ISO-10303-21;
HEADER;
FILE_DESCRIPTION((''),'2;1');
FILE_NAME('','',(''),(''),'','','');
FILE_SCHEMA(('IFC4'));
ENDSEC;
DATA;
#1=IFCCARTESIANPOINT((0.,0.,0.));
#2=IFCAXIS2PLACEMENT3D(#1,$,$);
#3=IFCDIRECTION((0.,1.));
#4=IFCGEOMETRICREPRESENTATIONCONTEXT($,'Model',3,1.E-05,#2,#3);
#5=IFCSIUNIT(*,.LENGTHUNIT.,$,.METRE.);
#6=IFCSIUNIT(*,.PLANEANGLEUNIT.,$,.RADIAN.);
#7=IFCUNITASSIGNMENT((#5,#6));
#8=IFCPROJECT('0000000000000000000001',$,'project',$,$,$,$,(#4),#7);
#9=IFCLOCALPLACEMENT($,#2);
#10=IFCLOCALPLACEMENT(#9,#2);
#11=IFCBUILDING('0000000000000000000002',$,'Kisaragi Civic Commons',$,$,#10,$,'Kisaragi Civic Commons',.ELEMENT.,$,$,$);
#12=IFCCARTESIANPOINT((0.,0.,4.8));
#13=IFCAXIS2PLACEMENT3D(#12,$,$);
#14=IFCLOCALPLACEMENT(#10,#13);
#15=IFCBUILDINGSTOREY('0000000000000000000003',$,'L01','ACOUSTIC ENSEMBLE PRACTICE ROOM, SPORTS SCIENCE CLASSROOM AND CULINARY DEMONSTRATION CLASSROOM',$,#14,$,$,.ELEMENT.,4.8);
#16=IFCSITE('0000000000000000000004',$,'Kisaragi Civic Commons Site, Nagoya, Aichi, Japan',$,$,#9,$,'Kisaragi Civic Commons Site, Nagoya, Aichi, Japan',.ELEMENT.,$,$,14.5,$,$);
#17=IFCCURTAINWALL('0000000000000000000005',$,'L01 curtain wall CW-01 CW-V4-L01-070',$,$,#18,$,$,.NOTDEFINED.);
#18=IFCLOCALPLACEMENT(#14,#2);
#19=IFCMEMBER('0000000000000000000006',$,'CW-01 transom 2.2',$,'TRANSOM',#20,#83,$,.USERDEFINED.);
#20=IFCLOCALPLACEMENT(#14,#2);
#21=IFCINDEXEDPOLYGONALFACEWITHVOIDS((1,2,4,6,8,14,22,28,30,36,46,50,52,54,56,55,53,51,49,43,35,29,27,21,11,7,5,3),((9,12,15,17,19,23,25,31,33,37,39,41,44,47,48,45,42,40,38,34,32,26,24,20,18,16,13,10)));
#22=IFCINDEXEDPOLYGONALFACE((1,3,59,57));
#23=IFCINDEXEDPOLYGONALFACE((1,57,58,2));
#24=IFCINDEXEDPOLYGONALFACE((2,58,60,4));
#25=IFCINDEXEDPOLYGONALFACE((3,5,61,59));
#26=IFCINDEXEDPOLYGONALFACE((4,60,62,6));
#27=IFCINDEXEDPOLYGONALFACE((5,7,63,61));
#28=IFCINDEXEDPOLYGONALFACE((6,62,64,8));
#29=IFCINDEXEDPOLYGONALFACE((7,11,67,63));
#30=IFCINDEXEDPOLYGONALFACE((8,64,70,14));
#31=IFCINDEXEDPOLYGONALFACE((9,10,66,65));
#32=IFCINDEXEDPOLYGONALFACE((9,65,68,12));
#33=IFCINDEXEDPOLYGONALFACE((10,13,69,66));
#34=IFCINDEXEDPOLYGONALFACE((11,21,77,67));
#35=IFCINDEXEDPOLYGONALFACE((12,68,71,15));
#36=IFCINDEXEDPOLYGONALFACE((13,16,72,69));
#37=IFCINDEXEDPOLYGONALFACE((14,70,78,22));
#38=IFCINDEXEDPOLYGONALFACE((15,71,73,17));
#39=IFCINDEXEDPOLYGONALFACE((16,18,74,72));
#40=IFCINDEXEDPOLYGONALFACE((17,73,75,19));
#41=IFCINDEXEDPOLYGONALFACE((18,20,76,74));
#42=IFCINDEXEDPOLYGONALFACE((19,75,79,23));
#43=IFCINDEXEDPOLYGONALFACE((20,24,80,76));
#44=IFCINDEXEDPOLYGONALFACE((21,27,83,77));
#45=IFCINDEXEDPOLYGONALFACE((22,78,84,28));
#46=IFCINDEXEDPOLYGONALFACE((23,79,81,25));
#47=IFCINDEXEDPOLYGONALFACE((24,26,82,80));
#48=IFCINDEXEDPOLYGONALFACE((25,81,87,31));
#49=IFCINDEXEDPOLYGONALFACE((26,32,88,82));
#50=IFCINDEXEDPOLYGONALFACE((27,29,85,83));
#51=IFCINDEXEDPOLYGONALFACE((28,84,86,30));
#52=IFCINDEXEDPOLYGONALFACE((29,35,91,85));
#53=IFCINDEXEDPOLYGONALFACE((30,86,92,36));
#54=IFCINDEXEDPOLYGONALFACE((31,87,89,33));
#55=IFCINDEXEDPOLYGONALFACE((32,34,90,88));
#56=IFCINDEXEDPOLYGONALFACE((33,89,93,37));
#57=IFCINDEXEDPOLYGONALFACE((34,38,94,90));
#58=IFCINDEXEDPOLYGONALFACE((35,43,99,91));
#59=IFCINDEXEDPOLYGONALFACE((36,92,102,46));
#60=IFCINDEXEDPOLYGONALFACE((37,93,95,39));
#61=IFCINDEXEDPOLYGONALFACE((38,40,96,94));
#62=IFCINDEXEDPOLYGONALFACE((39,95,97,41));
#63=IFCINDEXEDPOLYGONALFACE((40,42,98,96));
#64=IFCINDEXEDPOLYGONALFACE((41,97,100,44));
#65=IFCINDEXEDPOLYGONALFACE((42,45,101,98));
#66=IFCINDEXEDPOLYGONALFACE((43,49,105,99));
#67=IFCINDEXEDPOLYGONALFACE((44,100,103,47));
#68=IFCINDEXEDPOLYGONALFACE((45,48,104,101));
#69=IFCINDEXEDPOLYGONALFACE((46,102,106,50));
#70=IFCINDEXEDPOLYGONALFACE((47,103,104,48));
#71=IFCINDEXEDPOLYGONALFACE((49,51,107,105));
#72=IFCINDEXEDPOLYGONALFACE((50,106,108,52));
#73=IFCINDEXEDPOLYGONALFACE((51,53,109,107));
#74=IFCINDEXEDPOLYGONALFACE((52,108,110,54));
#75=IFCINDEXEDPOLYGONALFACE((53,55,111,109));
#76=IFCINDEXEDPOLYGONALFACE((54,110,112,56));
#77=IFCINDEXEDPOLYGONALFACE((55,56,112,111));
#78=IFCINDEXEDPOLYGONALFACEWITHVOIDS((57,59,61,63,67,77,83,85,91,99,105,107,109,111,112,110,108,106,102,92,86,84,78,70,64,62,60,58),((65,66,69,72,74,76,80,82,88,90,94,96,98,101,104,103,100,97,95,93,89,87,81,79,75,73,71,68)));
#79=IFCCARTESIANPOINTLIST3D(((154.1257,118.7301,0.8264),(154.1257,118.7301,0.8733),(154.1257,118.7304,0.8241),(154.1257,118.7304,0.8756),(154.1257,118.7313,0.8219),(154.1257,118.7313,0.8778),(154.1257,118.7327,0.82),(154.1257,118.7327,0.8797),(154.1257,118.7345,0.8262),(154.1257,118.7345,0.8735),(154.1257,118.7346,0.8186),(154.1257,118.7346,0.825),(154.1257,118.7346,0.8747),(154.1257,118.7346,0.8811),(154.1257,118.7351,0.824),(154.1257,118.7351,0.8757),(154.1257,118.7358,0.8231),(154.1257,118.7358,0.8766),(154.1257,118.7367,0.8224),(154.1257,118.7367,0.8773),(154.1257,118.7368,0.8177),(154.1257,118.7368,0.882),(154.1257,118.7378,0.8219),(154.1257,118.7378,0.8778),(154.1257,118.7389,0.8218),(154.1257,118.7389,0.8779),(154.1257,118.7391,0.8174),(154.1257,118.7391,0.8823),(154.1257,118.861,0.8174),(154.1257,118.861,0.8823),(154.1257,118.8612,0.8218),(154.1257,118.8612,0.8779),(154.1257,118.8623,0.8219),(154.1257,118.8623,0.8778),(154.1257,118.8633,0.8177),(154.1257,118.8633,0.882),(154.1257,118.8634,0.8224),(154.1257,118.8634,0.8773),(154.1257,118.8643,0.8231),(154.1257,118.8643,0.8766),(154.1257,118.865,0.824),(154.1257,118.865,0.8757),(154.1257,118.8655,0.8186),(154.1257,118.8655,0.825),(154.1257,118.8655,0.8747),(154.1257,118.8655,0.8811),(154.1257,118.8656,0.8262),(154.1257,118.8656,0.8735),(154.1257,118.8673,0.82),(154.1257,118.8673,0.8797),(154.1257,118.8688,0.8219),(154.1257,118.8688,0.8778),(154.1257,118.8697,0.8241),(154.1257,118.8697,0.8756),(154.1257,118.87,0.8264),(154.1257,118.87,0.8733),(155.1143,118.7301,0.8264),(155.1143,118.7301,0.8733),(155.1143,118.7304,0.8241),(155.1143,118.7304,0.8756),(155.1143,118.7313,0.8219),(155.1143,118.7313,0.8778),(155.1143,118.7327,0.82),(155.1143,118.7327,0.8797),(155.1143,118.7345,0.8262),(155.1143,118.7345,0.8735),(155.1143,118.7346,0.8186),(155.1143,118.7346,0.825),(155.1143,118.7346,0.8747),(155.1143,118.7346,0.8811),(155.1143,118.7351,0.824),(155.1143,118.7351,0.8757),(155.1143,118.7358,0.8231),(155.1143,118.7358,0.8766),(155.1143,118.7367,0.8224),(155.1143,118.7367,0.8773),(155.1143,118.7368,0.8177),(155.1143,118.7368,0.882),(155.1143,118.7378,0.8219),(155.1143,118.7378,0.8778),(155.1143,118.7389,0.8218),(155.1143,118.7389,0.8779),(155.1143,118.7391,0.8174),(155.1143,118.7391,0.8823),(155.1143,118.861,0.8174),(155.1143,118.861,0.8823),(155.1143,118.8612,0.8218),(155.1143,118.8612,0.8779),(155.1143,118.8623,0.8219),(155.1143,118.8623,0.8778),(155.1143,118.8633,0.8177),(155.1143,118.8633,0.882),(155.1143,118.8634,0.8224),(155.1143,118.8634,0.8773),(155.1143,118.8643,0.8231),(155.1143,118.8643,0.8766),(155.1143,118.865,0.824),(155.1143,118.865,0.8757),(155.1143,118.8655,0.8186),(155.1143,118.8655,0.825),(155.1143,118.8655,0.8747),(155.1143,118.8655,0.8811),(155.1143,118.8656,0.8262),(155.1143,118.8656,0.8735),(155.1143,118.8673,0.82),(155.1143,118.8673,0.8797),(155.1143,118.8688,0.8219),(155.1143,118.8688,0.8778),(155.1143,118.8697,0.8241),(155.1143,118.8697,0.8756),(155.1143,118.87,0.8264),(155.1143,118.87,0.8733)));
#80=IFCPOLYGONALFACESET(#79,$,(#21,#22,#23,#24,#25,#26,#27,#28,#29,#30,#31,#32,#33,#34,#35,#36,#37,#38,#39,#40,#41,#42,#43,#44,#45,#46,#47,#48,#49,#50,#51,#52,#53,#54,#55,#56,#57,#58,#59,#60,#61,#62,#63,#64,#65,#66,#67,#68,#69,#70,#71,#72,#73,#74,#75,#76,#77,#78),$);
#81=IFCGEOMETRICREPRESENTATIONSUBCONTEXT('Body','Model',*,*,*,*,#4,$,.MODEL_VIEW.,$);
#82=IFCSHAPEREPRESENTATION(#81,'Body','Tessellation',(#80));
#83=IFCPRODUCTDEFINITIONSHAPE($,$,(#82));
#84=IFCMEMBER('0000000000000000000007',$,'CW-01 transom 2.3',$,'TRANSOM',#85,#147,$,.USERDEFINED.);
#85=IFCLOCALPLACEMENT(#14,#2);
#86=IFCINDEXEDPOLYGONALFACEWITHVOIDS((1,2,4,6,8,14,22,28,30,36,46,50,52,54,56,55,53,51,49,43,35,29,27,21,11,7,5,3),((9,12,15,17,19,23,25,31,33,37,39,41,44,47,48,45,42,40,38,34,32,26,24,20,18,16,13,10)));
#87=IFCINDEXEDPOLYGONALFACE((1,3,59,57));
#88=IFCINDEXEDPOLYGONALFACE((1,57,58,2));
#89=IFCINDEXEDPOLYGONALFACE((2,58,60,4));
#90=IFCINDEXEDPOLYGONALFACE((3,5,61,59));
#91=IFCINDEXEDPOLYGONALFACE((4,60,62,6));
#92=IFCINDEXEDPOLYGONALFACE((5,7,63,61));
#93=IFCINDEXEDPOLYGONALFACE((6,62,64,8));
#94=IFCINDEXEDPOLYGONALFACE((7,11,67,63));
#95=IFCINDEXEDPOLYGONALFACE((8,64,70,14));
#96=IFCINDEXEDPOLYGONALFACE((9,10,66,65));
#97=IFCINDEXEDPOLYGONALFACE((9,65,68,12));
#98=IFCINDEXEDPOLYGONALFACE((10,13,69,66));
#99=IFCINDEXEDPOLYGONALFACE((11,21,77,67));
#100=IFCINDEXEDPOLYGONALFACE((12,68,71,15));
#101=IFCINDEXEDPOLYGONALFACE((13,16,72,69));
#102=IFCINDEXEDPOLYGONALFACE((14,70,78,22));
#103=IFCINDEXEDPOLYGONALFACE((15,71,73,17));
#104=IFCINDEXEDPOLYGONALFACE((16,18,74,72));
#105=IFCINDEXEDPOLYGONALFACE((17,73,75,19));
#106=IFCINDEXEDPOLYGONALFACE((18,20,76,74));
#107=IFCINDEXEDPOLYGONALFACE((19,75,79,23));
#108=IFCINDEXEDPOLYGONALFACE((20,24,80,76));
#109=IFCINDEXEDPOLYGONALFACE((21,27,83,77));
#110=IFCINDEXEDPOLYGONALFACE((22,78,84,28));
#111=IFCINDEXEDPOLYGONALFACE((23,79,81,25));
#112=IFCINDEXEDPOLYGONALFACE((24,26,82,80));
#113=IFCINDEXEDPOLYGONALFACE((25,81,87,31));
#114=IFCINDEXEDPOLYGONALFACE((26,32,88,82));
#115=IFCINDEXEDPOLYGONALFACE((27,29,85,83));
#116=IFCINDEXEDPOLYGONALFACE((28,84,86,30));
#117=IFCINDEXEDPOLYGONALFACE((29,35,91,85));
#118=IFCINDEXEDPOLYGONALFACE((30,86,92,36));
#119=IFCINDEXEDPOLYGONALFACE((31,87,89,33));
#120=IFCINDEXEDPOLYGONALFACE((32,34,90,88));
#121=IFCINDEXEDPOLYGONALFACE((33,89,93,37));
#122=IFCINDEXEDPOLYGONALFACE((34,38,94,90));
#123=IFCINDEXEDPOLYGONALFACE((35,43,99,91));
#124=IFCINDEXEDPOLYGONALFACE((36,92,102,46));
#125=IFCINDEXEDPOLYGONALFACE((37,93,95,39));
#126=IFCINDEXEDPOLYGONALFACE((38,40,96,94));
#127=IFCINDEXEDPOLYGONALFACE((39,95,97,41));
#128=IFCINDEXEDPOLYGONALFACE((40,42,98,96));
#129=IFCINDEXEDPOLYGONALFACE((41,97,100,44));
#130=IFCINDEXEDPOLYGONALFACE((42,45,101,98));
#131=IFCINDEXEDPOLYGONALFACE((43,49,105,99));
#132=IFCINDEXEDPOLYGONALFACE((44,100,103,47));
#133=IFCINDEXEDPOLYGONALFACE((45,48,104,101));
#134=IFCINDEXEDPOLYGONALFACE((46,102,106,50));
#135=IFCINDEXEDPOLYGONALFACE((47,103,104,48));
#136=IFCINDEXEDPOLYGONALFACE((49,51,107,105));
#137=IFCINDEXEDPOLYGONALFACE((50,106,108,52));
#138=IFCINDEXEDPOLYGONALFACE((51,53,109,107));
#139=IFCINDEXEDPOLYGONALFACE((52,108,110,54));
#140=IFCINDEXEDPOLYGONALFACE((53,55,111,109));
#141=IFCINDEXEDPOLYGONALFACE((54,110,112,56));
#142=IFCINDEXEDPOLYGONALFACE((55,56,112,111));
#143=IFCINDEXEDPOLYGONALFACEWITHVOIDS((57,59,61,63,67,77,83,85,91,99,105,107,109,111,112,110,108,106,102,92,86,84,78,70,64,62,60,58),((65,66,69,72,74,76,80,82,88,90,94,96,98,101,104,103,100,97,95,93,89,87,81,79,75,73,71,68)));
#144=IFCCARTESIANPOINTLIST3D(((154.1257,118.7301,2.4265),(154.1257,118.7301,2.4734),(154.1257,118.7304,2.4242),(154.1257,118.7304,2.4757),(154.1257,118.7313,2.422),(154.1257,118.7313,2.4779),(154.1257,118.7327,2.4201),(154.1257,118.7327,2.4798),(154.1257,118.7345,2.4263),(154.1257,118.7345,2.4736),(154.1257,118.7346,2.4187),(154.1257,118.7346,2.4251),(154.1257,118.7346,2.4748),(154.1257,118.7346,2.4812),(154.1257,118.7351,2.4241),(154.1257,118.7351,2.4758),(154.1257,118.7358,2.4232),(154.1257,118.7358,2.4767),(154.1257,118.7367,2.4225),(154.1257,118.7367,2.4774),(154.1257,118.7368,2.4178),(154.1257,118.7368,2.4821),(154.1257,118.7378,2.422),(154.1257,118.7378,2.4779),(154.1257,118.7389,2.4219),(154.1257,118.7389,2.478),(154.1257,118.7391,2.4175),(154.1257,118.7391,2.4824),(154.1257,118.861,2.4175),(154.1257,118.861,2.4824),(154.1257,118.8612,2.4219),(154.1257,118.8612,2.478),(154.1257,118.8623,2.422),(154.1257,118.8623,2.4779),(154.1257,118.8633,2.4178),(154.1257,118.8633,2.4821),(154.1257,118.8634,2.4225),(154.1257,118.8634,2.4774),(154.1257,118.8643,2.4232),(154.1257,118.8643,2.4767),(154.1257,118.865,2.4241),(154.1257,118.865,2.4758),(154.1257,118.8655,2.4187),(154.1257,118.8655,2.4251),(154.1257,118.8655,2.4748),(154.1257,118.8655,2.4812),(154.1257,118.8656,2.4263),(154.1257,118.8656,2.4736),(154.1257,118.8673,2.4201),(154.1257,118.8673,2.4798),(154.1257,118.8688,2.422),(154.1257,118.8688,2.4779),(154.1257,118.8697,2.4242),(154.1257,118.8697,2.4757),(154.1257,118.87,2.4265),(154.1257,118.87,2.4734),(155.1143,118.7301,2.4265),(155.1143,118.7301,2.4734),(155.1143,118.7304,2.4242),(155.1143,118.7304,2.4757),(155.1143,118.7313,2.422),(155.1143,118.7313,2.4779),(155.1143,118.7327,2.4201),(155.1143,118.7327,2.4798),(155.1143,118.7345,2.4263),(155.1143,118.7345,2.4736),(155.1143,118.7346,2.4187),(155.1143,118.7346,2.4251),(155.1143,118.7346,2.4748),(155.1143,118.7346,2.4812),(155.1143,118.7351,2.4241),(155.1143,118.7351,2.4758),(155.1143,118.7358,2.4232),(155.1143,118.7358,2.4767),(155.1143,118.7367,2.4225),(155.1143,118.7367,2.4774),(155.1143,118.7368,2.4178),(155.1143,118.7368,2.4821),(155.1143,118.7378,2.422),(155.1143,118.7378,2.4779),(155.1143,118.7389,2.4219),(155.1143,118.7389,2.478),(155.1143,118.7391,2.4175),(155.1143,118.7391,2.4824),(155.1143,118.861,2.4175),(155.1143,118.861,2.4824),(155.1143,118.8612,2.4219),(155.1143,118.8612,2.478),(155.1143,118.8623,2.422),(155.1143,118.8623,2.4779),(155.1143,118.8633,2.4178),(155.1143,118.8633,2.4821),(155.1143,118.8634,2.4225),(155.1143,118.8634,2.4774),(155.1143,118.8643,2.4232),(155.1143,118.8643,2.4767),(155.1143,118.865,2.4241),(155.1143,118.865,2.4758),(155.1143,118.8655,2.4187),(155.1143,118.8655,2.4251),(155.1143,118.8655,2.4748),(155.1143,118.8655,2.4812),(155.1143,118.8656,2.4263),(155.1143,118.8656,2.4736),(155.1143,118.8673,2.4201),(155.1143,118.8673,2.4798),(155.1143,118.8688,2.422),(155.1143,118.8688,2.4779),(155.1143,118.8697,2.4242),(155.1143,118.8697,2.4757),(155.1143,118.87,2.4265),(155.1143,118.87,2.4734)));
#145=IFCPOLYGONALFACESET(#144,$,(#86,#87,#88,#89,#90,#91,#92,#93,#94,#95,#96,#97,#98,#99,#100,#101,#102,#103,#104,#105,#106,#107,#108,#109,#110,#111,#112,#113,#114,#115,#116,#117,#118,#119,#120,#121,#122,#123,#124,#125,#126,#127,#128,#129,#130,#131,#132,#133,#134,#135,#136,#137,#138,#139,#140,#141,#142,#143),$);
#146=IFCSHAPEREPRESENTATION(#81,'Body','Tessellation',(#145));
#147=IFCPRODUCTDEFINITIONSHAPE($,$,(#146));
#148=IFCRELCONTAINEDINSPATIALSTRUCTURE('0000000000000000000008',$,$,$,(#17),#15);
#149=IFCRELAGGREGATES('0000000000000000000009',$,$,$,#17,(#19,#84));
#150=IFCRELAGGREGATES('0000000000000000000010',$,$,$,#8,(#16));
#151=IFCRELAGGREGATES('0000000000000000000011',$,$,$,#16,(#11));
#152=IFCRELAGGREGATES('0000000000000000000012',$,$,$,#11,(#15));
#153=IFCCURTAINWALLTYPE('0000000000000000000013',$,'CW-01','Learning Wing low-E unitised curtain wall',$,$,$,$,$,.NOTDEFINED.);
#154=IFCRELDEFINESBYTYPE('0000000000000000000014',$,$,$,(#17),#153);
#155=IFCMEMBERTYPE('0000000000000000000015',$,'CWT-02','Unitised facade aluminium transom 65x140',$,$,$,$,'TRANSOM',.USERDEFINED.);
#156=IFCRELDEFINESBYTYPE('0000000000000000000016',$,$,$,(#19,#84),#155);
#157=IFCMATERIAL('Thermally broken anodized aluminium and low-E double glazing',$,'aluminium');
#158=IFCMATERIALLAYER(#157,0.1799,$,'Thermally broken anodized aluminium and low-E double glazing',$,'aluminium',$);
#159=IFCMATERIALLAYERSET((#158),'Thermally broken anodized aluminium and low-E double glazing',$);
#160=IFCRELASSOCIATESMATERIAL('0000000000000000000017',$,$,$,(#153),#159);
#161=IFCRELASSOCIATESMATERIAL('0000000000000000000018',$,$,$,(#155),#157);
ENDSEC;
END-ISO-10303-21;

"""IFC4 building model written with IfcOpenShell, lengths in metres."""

from ifc_helpers import new_model, si_unit, direction, frame, origin, origin_2d, place, context, subcontext, project, spatial, hollow_rectangle, extrude, material, layer, layer_set, material_profile, profile_set, type_object, element, aggregate, save


model = new_model("IFC4")

# Units and contexts
model_context = context("Model", 3, precision=1e-05, world=origin(), true_north=direction((0.0, 1.0)))
body_context = subcontext(model_context, "Body", "Model", "MODEL_VIEW")
ifc_project = project(units=[si_unit("LENGTHUNIT", "METRE"), si_unit("PLANEANGLEUNIT", "RADIAN")], contexts=[model_context])

# Site, building, storey
site_placement = place(None, origin())
site = spatial("IfcSite", under=ifc_project, at=site_placement, Name="Kisaragi Civic Commons Site, Nagoya, Aichi, Japan", LongName="Kisaragi Civic Commons Site, Nagoya, Aichi, Japan", CompositionType="ELEMENT", RefElevation=14.5)
building_placement = place(site_placement, origin())
building = spatial("IfcBuilding", under=site, at=building_placement, Name="Kisaragi Civic Commons", LongName="Kisaragi Civic Commons", CompositionType="ELEMENT")
storey_placement = place(building_placement, frame((0.0, 0.0, 4.8)))
storey = spatial("IfcBuildingStorey", under=building, at=storey_placement, Name="L01", Description="ACOUSTIC ENSEMBLE PRACTICE ROOM, SPORTS SCIENCE CLASSROOM AND CULINARY DEMONSTRATION CLASSROOM", CompositionType="ELEMENT", Elevation=4.8)

# Shared definitions
ifc_material_1 = material(Name="Thermally broken anodized aluminium and low-E double glazing", Category="aluminium")
ifc_layer_1 = layer(ifc_material_1, 0.1799, Name="Thermally broken anodized aluminium and low-E double glazing", Category="aluminium")
ifc_layer_set_1 = layer_set([ifc_layer_1], Name="Thermally broken anodized aluminium and low-E double glazing")
curtain_wall_type = type_object("IfcCurtainWallType", Name="CW-01", Description="Learning Wing low-E unitised curtain wall", PredefinedType="NOTDEFINED", material=ifc_layer_set_1)

# Curtain wall
curtain_wall_1_placement = place(storey_placement, origin())
curtain_wall_1 = element("IfcCurtainWall", 1, at=curtain_wall_1_placement, inside=storey, type_object=curtain_wall_type, Name="L01 curtain wall CW-01 CW-V4-L01-070", PredefinedType="NOTDEFINED")

# Members
ifc_material_profile_1 = material_profile(ifc_material_1, hollow_rectangle(XDim=0.1399, YDim=0.0649, WallThickness=0.0044, InnerFilletRadius=0.0044, OuterFilletRadius=0.009, at=origin_2d()), Name="CWT-65x140x4.5", Category="aluminium")
ifc_profile_set_1 = profile_set([ifc_material_profile_1], Name="Thermally broken anodized aluminium and low-E double glazing")
member_type_1 = type_object("IfcMemberType", Name="CWT-02", Description="Unitised facade aluminium transom 65x140", ElementType="TRANSOM", PredefinedType="USERDEFINED", material=ifc_profile_set_1)
member_1_placement = place(storey_placement, frame((154.1257, 118.8, 0.8499), z_axis=(1.0, 0.0, 0.0), x_axis=(0.0, 1.0, 0.0)))
member_1 = element("IfcMember", 2, at=member_1_placement, type_object=member_type_1, Name="CW-01 transom 2.2", ObjectType="TRANSOM", PredefinedType="USERDEFINED", context=body_context, shape_type="SweptSolid", body=[
    extrude(hollow_rectangle(XDim=0.1399, YDim=0.0649, WallThickness=0.0044, InnerFilletRadius=0.0044, OuterFilletRadius=0.009, at=origin_2d()), origin(), (0.0, 0.0, 1.0), 0.9885),
])
member_2_placement = place(storey_placement, frame((154.1257, 118.8, 2.45), z_axis=(1.0, 0.0, 0.0), x_axis=(0.0, 1.0, 0.0)))
member_2 = element("IfcMember", 3, at=member_2_placement, type_object=member_type_1, Name="CW-01 transom 2.3", ObjectType="TRANSOM", PredefinedType="USERDEFINED", context=body_context, shape_type="SweptSolid", body=[
    extrude(hollow_rectangle(XDim=0.1399, YDim=0.0649, WallThickness=0.0044, InnerFilletRadius=0.0044, OuterFilletRadius=0.009, at=origin_2d()), origin(), (0.0, 0.0, 1.0), 0.9885),
])

aggregate(curtain_wall_1, [member_1, member_2])

save(model, "model.ifc")
